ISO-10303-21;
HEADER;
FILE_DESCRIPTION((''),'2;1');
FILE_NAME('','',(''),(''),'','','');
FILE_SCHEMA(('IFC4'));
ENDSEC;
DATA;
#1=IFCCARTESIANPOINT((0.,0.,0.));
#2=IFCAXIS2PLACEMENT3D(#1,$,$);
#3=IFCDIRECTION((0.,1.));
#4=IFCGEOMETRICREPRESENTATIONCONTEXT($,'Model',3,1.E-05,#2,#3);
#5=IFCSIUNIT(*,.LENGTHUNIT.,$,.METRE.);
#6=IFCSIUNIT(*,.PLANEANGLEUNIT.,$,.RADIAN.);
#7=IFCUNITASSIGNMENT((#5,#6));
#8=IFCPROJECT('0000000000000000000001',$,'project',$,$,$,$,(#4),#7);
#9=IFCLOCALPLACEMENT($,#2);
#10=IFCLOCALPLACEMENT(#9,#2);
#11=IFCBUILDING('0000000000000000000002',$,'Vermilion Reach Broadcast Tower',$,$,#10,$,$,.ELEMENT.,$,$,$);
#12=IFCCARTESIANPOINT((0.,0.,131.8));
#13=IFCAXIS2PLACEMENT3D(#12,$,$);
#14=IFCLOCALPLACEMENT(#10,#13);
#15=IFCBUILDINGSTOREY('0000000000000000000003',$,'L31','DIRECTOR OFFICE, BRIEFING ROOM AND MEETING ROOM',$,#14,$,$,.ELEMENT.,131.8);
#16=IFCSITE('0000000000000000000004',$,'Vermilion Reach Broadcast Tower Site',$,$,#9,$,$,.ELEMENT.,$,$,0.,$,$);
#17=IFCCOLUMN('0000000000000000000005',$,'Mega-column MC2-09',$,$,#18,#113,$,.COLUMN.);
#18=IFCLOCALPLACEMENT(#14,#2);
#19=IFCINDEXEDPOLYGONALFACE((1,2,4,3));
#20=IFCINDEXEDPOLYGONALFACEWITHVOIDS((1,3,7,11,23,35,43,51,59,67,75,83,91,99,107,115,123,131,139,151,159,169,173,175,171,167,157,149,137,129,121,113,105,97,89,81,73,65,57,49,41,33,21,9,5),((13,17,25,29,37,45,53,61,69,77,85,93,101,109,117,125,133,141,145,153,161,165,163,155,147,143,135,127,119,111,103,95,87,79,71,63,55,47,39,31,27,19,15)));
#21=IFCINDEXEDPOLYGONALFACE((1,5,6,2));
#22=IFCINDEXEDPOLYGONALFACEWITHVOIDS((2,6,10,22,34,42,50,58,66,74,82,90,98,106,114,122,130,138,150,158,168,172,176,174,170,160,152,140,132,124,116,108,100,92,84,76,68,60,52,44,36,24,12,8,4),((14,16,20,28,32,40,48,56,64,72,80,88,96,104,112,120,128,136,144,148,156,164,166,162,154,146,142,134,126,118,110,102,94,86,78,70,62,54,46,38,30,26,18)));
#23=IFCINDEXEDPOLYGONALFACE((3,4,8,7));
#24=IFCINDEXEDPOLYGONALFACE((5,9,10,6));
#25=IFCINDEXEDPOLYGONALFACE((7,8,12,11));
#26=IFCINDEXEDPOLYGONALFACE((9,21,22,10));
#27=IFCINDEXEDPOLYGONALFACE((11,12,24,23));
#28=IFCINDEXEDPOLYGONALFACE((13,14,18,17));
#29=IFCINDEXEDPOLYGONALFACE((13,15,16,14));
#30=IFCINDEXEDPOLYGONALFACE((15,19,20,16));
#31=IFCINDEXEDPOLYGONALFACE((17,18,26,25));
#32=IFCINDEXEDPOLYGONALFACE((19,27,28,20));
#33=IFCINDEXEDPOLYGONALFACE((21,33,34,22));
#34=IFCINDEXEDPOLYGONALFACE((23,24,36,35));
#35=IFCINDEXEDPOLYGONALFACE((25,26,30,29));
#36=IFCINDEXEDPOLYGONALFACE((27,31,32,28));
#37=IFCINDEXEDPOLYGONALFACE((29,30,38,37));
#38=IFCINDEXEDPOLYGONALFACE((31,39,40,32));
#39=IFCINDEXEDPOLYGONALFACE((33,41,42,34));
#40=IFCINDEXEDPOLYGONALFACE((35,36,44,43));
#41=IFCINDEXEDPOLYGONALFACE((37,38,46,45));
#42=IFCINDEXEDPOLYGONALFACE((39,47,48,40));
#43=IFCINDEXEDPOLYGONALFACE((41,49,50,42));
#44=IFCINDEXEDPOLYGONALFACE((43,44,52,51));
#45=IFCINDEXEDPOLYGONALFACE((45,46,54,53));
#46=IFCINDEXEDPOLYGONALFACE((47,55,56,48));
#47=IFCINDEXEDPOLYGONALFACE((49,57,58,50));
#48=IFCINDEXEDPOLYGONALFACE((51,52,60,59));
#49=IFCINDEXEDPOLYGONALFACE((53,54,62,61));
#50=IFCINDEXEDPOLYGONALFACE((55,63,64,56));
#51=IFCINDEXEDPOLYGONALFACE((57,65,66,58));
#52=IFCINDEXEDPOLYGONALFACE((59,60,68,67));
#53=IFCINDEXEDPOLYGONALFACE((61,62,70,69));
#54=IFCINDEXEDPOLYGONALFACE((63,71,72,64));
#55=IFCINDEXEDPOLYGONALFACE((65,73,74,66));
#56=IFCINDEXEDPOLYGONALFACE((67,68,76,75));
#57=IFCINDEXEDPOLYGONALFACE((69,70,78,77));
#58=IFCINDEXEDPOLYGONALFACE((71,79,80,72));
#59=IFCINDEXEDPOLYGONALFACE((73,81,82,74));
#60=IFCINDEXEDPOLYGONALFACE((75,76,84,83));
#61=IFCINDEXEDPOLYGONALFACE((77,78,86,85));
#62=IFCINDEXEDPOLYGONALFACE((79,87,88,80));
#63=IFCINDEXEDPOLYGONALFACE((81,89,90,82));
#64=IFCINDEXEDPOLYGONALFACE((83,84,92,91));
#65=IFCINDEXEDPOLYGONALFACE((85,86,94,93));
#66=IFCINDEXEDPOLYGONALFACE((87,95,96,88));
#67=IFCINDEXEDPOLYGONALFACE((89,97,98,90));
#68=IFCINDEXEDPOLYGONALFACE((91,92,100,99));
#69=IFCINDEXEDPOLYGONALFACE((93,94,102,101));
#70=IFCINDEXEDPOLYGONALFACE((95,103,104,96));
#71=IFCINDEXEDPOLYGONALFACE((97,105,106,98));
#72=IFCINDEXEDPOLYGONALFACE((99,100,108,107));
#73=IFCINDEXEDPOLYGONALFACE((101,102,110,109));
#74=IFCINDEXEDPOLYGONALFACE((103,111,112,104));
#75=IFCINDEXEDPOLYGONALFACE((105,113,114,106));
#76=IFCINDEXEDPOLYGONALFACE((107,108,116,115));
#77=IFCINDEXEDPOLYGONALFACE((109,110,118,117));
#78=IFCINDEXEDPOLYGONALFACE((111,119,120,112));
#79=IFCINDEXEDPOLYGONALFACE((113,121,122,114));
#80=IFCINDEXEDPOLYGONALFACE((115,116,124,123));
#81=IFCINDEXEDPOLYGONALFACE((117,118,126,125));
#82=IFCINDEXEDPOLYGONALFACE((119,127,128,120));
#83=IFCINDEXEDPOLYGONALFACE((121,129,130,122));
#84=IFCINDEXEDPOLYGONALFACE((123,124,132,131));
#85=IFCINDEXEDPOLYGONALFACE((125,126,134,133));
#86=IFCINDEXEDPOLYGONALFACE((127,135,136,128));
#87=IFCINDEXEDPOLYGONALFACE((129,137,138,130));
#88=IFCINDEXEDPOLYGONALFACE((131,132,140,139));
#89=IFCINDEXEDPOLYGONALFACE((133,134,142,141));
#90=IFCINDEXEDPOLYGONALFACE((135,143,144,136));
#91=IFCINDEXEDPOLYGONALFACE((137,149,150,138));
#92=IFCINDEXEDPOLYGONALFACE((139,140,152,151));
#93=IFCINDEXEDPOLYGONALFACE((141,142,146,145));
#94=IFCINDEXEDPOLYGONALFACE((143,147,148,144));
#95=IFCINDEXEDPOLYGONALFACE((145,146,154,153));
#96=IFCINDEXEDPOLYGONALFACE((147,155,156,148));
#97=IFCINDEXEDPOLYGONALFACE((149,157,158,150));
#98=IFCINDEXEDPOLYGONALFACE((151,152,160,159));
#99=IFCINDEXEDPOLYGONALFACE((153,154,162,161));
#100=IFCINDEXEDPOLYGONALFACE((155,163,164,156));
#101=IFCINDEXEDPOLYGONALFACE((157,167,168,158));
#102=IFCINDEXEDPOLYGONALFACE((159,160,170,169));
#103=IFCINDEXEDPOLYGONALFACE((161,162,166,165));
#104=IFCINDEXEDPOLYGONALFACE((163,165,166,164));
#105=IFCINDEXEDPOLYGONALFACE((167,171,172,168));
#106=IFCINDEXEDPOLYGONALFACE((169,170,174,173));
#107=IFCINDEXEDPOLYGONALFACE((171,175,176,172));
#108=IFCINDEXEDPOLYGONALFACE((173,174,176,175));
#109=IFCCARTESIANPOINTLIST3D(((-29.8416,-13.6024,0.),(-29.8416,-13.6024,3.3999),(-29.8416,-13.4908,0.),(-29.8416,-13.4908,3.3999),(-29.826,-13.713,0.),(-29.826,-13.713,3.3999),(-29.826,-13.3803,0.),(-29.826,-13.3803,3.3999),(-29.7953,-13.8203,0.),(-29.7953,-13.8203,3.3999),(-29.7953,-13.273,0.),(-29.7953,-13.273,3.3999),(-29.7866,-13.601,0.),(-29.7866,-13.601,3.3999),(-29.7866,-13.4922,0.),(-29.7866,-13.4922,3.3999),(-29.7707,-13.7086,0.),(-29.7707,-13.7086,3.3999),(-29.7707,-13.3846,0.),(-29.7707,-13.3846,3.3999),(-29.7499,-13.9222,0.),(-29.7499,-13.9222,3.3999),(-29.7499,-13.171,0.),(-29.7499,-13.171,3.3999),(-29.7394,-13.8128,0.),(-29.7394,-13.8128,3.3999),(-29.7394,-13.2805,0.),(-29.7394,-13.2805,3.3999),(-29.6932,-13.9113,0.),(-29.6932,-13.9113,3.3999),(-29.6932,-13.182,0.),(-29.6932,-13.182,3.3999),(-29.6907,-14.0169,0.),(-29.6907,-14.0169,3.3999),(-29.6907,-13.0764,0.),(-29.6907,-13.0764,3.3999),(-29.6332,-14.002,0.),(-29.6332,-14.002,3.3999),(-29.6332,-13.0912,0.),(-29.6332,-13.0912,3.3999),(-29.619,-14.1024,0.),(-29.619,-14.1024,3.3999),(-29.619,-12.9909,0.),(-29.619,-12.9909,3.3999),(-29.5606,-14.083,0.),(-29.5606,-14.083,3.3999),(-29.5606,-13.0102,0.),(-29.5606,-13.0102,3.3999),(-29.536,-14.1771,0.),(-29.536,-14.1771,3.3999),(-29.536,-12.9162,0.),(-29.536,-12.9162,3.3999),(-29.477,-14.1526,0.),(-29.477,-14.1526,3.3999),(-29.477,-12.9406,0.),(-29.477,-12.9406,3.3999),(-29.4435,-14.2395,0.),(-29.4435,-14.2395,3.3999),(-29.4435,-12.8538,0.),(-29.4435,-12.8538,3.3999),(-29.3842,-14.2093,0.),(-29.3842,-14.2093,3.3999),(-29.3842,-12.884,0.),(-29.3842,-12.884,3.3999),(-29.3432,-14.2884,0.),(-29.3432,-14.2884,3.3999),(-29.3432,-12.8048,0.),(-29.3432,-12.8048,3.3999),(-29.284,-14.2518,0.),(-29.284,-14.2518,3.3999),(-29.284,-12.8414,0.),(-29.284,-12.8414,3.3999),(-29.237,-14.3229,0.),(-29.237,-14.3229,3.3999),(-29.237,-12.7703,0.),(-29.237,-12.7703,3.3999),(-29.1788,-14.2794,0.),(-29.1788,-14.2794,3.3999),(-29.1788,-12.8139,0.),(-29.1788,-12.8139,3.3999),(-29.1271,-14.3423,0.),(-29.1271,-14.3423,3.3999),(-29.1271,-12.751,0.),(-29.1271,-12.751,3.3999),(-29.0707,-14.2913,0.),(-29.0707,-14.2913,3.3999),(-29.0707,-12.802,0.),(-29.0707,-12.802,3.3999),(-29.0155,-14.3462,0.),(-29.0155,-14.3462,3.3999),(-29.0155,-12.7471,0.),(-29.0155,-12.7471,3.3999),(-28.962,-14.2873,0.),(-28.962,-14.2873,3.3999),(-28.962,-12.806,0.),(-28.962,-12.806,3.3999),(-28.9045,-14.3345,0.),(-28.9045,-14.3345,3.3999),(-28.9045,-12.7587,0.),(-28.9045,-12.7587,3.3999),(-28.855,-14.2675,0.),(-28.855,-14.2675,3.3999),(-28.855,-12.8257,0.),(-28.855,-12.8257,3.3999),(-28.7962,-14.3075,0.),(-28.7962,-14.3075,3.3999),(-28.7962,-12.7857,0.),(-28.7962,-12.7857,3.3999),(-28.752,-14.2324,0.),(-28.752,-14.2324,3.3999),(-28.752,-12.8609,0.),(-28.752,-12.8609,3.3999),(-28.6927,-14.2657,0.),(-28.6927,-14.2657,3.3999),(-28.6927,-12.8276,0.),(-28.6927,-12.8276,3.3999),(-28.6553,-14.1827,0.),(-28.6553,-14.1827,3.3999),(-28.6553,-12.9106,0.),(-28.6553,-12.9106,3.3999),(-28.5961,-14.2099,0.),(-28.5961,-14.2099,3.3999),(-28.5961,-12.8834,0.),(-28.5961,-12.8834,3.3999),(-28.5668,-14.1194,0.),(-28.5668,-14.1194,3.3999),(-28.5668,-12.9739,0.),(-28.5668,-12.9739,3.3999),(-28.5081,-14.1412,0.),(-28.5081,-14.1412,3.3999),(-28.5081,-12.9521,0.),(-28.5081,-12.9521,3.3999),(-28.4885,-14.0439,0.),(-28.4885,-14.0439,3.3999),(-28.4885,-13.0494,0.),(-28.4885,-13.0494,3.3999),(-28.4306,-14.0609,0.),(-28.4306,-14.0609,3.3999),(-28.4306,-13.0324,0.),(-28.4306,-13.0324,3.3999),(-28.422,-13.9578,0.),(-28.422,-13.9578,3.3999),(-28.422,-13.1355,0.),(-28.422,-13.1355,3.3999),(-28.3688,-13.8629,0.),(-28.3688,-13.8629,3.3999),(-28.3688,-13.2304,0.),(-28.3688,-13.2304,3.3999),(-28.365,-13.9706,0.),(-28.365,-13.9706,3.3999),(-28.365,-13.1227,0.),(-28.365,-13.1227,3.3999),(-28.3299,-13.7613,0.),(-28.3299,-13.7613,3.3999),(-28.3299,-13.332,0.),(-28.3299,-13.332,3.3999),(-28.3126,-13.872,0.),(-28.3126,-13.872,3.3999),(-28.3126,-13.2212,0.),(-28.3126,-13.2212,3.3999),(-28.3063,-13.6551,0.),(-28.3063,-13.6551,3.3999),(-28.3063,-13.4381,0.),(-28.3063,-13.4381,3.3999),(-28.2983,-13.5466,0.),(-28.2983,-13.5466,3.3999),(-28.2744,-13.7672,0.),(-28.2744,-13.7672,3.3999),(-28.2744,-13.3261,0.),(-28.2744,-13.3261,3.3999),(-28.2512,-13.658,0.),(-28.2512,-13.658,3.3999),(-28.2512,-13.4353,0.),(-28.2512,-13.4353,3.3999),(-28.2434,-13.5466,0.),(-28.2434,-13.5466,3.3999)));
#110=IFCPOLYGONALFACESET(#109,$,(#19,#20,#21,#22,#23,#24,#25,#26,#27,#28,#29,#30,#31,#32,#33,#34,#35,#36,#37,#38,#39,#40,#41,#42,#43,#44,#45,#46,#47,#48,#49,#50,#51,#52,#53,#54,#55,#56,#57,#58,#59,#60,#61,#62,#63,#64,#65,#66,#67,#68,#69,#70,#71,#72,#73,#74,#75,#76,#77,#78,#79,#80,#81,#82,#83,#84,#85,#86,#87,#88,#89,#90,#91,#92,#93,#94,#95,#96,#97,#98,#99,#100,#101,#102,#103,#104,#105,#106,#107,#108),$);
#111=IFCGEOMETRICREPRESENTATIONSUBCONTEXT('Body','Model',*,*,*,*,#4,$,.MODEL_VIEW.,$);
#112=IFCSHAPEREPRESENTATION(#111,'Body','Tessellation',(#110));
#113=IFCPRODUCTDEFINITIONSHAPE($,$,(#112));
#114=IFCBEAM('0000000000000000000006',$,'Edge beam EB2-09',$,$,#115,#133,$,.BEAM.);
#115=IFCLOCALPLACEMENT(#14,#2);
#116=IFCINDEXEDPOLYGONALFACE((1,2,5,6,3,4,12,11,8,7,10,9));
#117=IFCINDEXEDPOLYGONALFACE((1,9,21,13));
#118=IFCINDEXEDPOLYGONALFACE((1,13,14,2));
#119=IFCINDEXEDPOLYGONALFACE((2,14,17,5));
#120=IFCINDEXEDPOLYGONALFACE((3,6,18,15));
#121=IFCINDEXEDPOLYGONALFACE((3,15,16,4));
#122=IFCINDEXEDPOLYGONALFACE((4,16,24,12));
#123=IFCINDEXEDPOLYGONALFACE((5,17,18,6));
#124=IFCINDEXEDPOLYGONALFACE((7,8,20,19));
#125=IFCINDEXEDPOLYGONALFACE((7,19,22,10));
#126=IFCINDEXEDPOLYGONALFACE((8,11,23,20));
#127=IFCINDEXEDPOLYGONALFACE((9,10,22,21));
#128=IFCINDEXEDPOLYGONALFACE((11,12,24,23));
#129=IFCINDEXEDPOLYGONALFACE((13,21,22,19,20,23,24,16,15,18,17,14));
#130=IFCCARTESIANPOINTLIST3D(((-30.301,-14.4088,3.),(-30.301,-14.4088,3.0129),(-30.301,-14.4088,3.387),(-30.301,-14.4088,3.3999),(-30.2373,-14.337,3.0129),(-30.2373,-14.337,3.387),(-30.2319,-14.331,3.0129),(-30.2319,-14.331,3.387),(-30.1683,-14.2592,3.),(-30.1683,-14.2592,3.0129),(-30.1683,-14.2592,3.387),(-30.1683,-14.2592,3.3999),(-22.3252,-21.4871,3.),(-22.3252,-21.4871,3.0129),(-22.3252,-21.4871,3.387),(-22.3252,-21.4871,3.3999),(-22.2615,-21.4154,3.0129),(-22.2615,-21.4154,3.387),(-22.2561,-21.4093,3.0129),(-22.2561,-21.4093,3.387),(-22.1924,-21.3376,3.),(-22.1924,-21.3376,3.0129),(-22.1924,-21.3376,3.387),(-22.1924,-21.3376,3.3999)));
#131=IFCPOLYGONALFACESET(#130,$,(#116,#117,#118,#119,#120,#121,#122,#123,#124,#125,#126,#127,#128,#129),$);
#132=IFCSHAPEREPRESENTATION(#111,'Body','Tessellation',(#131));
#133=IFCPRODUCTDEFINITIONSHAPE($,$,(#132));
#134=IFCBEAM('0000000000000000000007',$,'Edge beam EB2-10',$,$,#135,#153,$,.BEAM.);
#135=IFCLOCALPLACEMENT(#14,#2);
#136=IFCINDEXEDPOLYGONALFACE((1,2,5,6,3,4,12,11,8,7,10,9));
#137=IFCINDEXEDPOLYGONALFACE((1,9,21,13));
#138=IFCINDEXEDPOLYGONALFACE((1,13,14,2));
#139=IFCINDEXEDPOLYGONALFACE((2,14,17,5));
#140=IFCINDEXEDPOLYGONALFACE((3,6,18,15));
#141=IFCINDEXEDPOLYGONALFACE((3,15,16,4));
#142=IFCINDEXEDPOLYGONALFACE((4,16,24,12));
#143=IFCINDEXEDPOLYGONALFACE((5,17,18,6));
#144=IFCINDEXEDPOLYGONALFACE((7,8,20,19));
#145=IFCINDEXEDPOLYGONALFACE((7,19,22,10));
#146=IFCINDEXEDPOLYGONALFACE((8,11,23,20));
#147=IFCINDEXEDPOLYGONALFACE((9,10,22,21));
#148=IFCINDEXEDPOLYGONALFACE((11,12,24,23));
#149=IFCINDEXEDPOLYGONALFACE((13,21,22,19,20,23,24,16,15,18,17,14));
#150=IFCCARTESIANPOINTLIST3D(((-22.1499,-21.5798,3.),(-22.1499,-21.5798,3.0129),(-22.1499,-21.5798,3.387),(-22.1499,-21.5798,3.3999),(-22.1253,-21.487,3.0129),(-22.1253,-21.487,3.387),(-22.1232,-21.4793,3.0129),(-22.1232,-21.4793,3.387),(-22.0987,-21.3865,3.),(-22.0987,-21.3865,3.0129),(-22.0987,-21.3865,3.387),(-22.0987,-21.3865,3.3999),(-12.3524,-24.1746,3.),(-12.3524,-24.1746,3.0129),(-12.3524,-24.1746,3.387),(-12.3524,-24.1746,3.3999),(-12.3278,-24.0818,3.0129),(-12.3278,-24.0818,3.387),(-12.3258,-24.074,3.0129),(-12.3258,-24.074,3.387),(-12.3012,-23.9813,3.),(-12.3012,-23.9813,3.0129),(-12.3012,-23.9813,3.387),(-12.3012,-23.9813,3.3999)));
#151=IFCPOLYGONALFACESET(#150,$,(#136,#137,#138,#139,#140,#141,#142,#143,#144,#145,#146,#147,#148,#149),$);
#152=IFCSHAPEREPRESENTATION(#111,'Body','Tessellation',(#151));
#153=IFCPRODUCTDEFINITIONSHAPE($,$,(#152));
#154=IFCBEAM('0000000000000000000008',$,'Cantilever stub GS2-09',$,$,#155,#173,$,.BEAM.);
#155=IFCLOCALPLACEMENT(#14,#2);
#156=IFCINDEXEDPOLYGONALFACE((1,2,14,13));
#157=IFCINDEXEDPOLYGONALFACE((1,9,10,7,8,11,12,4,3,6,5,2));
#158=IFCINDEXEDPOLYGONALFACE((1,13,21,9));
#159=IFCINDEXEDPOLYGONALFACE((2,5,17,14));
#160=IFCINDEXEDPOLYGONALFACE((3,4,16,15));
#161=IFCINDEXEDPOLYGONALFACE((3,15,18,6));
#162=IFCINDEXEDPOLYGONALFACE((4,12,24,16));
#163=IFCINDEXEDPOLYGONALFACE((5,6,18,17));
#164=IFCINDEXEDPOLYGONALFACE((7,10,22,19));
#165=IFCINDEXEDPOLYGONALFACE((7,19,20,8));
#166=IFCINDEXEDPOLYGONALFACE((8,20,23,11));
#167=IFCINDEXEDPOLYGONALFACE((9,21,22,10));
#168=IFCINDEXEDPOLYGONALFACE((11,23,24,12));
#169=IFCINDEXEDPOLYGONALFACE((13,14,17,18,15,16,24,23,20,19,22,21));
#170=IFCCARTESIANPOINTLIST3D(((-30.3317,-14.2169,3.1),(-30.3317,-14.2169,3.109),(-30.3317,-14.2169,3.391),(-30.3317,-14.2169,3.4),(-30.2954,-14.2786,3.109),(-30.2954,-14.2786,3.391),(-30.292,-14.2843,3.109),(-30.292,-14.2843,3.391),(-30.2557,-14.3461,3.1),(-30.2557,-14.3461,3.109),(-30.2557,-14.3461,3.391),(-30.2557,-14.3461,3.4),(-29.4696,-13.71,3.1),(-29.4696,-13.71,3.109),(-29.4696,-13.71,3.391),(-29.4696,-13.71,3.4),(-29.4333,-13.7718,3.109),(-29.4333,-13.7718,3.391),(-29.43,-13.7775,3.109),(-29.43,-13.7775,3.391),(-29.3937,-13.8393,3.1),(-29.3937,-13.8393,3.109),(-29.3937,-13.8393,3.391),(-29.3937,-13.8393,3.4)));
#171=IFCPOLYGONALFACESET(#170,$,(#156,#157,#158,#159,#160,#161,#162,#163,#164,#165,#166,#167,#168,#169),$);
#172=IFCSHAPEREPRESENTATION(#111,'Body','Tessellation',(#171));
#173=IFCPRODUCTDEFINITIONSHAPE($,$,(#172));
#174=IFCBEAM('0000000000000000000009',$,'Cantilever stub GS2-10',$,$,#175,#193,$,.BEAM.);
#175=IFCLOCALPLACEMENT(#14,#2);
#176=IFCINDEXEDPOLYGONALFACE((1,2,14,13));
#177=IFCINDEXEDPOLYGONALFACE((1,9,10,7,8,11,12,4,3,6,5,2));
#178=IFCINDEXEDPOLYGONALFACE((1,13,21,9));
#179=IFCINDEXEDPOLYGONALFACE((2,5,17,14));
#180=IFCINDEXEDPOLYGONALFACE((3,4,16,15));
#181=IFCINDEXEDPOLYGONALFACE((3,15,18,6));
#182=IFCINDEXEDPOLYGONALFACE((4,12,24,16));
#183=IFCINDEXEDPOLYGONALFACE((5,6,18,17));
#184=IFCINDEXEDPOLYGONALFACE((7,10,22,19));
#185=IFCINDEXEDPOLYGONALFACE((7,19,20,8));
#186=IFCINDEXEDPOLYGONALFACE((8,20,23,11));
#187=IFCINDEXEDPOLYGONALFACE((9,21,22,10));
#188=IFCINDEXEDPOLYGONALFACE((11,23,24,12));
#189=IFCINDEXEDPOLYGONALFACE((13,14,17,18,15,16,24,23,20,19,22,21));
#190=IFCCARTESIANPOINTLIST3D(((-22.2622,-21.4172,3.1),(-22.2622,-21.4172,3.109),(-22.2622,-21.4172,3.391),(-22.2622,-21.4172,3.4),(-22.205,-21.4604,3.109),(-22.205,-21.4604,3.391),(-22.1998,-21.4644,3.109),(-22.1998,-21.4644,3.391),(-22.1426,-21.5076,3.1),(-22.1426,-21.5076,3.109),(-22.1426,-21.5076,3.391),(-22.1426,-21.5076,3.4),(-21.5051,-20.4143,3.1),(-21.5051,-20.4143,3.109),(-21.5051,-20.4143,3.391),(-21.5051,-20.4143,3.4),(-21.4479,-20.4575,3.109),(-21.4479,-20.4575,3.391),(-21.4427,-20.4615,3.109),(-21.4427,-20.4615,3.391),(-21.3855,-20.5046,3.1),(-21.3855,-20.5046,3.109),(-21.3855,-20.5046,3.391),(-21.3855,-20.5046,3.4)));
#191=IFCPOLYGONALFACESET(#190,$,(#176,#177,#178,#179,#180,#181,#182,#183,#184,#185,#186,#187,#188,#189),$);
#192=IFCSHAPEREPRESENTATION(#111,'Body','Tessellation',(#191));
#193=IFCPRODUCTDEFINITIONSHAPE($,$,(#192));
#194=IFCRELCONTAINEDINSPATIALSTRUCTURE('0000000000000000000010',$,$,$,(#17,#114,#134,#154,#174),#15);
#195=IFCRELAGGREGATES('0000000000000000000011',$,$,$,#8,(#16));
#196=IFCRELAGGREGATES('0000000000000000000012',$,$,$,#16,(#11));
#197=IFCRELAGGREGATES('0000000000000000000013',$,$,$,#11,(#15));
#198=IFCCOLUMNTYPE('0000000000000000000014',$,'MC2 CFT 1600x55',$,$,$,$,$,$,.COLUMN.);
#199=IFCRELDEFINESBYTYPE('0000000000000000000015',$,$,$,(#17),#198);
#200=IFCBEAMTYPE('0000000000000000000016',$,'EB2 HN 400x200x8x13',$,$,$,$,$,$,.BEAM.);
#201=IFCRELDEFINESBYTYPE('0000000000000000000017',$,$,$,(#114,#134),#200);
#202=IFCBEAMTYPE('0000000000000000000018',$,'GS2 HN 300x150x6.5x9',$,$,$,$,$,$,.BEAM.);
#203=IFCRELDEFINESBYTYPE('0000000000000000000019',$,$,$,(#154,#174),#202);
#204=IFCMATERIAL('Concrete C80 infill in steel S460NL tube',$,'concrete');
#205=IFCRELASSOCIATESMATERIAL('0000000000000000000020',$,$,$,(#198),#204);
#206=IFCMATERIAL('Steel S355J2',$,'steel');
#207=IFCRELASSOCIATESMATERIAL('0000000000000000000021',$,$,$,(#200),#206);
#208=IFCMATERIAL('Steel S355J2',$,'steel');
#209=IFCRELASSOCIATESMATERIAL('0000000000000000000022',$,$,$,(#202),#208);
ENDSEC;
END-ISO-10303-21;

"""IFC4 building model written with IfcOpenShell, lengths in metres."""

from ifc_helpers import new_model, si_unit, direction, frame, origin, origin_2d, place, context, subcontext, project, spatial, hollow_circle, i_section, extrude, material, material_profile, profile_set, type_object, element, save


model = new_model("IFC4")

# Units and contexts
model_context = context("Model", 3, precision=1e-05, world=origin(), true_north=direction((0.0, 1.0)))
body_context = subcontext(model_context, "Body", "Model", "MODEL_VIEW")
ifc_project = project(units=[si_unit("LENGTHUNIT", "METRE"), si_unit("PLANEANGLEUNIT", "RADIAN")], contexts=[model_context])

# Site, building, storey
site_placement = place(None, origin())
site = spatial("IfcSite", under=ifc_project, at=site_placement, Name="Vermilion Reach Broadcast Tower Site", CompositionType="ELEMENT", RefElevation=0.0)
building_placement = place(site_placement, origin())
building = spatial("IfcBuilding", under=site, at=building_placement, Name="Vermilion Reach Broadcast Tower", CompositionType="ELEMENT")
storey_placement = place(building_placement, frame((0.0, 0.0, 131.8)))
storey = spatial("IfcBuildingStorey", under=building, at=storey_placement, Name="L31", Description="DIRECTOR OFFICE, BRIEFING ROOM AND MEETING ROOM", CompositionType="ELEMENT", Elevation=131.8)

# Column
ifc_material_1 = material(Name="Concrete C80 infill in steel S460NL tube", Category="concrete")
ifc_material_profile_1 = material_profile(ifc_material_1, hollow_circle(Radius=0.8, WallThickness=0.0549, at=origin_2d()), Name="Concrete C80 infill in steel S460NL tube CFT 1600x55")
ifc_profile_set_1 = profile_set([ifc_material_profile_1], Name="Concrete C80 infill in steel S460NL tube")
column_type = type_object("IfcColumnType", Name="MC2 CFT 1600x55", PredefinedType="COLUMN", material=ifc_profile_set_1)
column_placement = place(storey_placement, frame((-29.0435, -13.5466, 0.0), z_axis=(0.0, 0.0, 1.0), x_axis=(1.0, 0.0, 0.0)))
element("IfcColumn", 1, at=column_placement, inside=storey, type_object=column_type, Name="Mega-column MC2-09", PredefinedType="COLUMN", context=body_context, shape_type="SweptSolid", body=[
    extrude(hollow_circle(Radius=0.8, WallThickness=0.0549, at=origin_2d()), origin(), (0.0, 0.0, 1.0), 3.3999),
])

# Beams
ifc_material_2 = material(Name="Steel S355J2", Category="steel")
ifc_material_profile_2 = material_profile(ifc_material_2, i_section(OverallWidth=0.2, OverallDepth=0.3999, WebThickness=0.0081, FlangeThickness=0.0129, at=origin_2d()), Name="S355J2 HN 400x200x8x13")
ifc_profile_set_2 = profile_set([ifc_material_profile_2], Name="Steel S355J2")
beam_type_1 = type_object("IfcBeamType", Name="EB2 HN 400x200x8x13", PredefinedType="BEAM", material=ifc_profile_set_2)
beam_1_placement = place(storey_placement, frame((-30.2346, -14.334, 3.2), z_axis=(0.747933, -0.663774, 0.0), x_axis=(0.663774, 0.747933, 0.0)))
element("IfcBeam", 2, at=beam_1_placement, inside=storey, type_object=beam_type_1, Name="Edge beam EB2-09", PredefinedType="BEAM", context=body_context, shape_type="SweptSolid", body=[
    extrude(i_section(OverallWidth=0.2, OverallDepth=0.3999, WebThickness=0.0081, FlangeThickness=0.0129, at=origin_2d()), origin(), (0.0, 0.0, 1.0), 10.6638),
])
beam_2_placement = place(storey_placement, frame((-22.1243, -21.4832, 3.2), z_axis=(0.966673, -0.256013, 0.0), x_axis=(0.256013, 0.966673, 0.0)))
element("IfcBeam", 3, at=beam_2_placement, inside=storey, type_object=beam_type_1, Name="Edge beam EB2-10", PredefinedType="BEAM", context=body_context, shape_type="SweptSolid", body=[
    extrude(i_section(OverallWidth=0.2, OverallDepth=0.3999, WebThickness=0.0081, FlangeThickness=0.0129, at=origin_2d()), origin(), (0.0, 0.0, 1.0), 10.1353),
])
ifc_material_3 = material(Name="Steel S355J2", Category="steel")
ifc_material_profile_3 = material_profile(ifc_material_3, i_section(OverallWidth=0.1499, OverallDepth=0.3, WebThickness=0.0066, FlangeThickness=0.009, at=origin_2d()), Name="S355J2 HN 300x150x6.5x9")
ifc_profile_set_3 = profile_set([ifc_material_profile_3], Name="Steel S355J2")
beam_type_2 = type_object("IfcBeamType", Name="GS2 HN 300x150x6.5x9", PredefinedType="BEAM", material=ifc_profile_set_3)
beam_3_placement = place(storey_placement, frame((-29.4316, -13.7747, 3.25), z_axis=(-0.862047, -0.506828, 0.0), x_axis=(0.506828, -0.862047, 0.0)))
element("IfcBeam", 4, at=beam_3_placement, inside=storey, type_object=beam_type_2, Name="Cantilever stub GS2-09", PredefinedType="BEAM", context=body_context, shape_type="SweptSolid", body=[
    extrude(i_section(OverallWidth=0.1499, OverallDepth=0.3, WebThickness=0.0066, FlangeThickness=0.009, at=origin_2d()), origin(), (0.0, 0.0, 1.0), 1.0),
])
beam_4_placement = place(storey_placement, frame((-21.4453, -20.4595, 3.25), z_axis=(-0.602484, -0.798131, 0.0), x_axis=(0.798131, -0.602484, 0.0)))
element("IfcBeam", 5, at=beam_4_placement, inside=storey, type_object=beam_type_2, Name="Cantilever stub GS2-10", PredefinedType="BEAM", context=body_context, shape_type="SweptSolid", body=[
    extrude(i_section(OverallWidth=0.1499, OverallDepth=0.3, WebThickness=0.0066, FlangeThickness=0.009, at=origin_2d()), origin(), (0.0, 0.0, 1.0), 1.2566),
])

save(model, "model.ifc")
